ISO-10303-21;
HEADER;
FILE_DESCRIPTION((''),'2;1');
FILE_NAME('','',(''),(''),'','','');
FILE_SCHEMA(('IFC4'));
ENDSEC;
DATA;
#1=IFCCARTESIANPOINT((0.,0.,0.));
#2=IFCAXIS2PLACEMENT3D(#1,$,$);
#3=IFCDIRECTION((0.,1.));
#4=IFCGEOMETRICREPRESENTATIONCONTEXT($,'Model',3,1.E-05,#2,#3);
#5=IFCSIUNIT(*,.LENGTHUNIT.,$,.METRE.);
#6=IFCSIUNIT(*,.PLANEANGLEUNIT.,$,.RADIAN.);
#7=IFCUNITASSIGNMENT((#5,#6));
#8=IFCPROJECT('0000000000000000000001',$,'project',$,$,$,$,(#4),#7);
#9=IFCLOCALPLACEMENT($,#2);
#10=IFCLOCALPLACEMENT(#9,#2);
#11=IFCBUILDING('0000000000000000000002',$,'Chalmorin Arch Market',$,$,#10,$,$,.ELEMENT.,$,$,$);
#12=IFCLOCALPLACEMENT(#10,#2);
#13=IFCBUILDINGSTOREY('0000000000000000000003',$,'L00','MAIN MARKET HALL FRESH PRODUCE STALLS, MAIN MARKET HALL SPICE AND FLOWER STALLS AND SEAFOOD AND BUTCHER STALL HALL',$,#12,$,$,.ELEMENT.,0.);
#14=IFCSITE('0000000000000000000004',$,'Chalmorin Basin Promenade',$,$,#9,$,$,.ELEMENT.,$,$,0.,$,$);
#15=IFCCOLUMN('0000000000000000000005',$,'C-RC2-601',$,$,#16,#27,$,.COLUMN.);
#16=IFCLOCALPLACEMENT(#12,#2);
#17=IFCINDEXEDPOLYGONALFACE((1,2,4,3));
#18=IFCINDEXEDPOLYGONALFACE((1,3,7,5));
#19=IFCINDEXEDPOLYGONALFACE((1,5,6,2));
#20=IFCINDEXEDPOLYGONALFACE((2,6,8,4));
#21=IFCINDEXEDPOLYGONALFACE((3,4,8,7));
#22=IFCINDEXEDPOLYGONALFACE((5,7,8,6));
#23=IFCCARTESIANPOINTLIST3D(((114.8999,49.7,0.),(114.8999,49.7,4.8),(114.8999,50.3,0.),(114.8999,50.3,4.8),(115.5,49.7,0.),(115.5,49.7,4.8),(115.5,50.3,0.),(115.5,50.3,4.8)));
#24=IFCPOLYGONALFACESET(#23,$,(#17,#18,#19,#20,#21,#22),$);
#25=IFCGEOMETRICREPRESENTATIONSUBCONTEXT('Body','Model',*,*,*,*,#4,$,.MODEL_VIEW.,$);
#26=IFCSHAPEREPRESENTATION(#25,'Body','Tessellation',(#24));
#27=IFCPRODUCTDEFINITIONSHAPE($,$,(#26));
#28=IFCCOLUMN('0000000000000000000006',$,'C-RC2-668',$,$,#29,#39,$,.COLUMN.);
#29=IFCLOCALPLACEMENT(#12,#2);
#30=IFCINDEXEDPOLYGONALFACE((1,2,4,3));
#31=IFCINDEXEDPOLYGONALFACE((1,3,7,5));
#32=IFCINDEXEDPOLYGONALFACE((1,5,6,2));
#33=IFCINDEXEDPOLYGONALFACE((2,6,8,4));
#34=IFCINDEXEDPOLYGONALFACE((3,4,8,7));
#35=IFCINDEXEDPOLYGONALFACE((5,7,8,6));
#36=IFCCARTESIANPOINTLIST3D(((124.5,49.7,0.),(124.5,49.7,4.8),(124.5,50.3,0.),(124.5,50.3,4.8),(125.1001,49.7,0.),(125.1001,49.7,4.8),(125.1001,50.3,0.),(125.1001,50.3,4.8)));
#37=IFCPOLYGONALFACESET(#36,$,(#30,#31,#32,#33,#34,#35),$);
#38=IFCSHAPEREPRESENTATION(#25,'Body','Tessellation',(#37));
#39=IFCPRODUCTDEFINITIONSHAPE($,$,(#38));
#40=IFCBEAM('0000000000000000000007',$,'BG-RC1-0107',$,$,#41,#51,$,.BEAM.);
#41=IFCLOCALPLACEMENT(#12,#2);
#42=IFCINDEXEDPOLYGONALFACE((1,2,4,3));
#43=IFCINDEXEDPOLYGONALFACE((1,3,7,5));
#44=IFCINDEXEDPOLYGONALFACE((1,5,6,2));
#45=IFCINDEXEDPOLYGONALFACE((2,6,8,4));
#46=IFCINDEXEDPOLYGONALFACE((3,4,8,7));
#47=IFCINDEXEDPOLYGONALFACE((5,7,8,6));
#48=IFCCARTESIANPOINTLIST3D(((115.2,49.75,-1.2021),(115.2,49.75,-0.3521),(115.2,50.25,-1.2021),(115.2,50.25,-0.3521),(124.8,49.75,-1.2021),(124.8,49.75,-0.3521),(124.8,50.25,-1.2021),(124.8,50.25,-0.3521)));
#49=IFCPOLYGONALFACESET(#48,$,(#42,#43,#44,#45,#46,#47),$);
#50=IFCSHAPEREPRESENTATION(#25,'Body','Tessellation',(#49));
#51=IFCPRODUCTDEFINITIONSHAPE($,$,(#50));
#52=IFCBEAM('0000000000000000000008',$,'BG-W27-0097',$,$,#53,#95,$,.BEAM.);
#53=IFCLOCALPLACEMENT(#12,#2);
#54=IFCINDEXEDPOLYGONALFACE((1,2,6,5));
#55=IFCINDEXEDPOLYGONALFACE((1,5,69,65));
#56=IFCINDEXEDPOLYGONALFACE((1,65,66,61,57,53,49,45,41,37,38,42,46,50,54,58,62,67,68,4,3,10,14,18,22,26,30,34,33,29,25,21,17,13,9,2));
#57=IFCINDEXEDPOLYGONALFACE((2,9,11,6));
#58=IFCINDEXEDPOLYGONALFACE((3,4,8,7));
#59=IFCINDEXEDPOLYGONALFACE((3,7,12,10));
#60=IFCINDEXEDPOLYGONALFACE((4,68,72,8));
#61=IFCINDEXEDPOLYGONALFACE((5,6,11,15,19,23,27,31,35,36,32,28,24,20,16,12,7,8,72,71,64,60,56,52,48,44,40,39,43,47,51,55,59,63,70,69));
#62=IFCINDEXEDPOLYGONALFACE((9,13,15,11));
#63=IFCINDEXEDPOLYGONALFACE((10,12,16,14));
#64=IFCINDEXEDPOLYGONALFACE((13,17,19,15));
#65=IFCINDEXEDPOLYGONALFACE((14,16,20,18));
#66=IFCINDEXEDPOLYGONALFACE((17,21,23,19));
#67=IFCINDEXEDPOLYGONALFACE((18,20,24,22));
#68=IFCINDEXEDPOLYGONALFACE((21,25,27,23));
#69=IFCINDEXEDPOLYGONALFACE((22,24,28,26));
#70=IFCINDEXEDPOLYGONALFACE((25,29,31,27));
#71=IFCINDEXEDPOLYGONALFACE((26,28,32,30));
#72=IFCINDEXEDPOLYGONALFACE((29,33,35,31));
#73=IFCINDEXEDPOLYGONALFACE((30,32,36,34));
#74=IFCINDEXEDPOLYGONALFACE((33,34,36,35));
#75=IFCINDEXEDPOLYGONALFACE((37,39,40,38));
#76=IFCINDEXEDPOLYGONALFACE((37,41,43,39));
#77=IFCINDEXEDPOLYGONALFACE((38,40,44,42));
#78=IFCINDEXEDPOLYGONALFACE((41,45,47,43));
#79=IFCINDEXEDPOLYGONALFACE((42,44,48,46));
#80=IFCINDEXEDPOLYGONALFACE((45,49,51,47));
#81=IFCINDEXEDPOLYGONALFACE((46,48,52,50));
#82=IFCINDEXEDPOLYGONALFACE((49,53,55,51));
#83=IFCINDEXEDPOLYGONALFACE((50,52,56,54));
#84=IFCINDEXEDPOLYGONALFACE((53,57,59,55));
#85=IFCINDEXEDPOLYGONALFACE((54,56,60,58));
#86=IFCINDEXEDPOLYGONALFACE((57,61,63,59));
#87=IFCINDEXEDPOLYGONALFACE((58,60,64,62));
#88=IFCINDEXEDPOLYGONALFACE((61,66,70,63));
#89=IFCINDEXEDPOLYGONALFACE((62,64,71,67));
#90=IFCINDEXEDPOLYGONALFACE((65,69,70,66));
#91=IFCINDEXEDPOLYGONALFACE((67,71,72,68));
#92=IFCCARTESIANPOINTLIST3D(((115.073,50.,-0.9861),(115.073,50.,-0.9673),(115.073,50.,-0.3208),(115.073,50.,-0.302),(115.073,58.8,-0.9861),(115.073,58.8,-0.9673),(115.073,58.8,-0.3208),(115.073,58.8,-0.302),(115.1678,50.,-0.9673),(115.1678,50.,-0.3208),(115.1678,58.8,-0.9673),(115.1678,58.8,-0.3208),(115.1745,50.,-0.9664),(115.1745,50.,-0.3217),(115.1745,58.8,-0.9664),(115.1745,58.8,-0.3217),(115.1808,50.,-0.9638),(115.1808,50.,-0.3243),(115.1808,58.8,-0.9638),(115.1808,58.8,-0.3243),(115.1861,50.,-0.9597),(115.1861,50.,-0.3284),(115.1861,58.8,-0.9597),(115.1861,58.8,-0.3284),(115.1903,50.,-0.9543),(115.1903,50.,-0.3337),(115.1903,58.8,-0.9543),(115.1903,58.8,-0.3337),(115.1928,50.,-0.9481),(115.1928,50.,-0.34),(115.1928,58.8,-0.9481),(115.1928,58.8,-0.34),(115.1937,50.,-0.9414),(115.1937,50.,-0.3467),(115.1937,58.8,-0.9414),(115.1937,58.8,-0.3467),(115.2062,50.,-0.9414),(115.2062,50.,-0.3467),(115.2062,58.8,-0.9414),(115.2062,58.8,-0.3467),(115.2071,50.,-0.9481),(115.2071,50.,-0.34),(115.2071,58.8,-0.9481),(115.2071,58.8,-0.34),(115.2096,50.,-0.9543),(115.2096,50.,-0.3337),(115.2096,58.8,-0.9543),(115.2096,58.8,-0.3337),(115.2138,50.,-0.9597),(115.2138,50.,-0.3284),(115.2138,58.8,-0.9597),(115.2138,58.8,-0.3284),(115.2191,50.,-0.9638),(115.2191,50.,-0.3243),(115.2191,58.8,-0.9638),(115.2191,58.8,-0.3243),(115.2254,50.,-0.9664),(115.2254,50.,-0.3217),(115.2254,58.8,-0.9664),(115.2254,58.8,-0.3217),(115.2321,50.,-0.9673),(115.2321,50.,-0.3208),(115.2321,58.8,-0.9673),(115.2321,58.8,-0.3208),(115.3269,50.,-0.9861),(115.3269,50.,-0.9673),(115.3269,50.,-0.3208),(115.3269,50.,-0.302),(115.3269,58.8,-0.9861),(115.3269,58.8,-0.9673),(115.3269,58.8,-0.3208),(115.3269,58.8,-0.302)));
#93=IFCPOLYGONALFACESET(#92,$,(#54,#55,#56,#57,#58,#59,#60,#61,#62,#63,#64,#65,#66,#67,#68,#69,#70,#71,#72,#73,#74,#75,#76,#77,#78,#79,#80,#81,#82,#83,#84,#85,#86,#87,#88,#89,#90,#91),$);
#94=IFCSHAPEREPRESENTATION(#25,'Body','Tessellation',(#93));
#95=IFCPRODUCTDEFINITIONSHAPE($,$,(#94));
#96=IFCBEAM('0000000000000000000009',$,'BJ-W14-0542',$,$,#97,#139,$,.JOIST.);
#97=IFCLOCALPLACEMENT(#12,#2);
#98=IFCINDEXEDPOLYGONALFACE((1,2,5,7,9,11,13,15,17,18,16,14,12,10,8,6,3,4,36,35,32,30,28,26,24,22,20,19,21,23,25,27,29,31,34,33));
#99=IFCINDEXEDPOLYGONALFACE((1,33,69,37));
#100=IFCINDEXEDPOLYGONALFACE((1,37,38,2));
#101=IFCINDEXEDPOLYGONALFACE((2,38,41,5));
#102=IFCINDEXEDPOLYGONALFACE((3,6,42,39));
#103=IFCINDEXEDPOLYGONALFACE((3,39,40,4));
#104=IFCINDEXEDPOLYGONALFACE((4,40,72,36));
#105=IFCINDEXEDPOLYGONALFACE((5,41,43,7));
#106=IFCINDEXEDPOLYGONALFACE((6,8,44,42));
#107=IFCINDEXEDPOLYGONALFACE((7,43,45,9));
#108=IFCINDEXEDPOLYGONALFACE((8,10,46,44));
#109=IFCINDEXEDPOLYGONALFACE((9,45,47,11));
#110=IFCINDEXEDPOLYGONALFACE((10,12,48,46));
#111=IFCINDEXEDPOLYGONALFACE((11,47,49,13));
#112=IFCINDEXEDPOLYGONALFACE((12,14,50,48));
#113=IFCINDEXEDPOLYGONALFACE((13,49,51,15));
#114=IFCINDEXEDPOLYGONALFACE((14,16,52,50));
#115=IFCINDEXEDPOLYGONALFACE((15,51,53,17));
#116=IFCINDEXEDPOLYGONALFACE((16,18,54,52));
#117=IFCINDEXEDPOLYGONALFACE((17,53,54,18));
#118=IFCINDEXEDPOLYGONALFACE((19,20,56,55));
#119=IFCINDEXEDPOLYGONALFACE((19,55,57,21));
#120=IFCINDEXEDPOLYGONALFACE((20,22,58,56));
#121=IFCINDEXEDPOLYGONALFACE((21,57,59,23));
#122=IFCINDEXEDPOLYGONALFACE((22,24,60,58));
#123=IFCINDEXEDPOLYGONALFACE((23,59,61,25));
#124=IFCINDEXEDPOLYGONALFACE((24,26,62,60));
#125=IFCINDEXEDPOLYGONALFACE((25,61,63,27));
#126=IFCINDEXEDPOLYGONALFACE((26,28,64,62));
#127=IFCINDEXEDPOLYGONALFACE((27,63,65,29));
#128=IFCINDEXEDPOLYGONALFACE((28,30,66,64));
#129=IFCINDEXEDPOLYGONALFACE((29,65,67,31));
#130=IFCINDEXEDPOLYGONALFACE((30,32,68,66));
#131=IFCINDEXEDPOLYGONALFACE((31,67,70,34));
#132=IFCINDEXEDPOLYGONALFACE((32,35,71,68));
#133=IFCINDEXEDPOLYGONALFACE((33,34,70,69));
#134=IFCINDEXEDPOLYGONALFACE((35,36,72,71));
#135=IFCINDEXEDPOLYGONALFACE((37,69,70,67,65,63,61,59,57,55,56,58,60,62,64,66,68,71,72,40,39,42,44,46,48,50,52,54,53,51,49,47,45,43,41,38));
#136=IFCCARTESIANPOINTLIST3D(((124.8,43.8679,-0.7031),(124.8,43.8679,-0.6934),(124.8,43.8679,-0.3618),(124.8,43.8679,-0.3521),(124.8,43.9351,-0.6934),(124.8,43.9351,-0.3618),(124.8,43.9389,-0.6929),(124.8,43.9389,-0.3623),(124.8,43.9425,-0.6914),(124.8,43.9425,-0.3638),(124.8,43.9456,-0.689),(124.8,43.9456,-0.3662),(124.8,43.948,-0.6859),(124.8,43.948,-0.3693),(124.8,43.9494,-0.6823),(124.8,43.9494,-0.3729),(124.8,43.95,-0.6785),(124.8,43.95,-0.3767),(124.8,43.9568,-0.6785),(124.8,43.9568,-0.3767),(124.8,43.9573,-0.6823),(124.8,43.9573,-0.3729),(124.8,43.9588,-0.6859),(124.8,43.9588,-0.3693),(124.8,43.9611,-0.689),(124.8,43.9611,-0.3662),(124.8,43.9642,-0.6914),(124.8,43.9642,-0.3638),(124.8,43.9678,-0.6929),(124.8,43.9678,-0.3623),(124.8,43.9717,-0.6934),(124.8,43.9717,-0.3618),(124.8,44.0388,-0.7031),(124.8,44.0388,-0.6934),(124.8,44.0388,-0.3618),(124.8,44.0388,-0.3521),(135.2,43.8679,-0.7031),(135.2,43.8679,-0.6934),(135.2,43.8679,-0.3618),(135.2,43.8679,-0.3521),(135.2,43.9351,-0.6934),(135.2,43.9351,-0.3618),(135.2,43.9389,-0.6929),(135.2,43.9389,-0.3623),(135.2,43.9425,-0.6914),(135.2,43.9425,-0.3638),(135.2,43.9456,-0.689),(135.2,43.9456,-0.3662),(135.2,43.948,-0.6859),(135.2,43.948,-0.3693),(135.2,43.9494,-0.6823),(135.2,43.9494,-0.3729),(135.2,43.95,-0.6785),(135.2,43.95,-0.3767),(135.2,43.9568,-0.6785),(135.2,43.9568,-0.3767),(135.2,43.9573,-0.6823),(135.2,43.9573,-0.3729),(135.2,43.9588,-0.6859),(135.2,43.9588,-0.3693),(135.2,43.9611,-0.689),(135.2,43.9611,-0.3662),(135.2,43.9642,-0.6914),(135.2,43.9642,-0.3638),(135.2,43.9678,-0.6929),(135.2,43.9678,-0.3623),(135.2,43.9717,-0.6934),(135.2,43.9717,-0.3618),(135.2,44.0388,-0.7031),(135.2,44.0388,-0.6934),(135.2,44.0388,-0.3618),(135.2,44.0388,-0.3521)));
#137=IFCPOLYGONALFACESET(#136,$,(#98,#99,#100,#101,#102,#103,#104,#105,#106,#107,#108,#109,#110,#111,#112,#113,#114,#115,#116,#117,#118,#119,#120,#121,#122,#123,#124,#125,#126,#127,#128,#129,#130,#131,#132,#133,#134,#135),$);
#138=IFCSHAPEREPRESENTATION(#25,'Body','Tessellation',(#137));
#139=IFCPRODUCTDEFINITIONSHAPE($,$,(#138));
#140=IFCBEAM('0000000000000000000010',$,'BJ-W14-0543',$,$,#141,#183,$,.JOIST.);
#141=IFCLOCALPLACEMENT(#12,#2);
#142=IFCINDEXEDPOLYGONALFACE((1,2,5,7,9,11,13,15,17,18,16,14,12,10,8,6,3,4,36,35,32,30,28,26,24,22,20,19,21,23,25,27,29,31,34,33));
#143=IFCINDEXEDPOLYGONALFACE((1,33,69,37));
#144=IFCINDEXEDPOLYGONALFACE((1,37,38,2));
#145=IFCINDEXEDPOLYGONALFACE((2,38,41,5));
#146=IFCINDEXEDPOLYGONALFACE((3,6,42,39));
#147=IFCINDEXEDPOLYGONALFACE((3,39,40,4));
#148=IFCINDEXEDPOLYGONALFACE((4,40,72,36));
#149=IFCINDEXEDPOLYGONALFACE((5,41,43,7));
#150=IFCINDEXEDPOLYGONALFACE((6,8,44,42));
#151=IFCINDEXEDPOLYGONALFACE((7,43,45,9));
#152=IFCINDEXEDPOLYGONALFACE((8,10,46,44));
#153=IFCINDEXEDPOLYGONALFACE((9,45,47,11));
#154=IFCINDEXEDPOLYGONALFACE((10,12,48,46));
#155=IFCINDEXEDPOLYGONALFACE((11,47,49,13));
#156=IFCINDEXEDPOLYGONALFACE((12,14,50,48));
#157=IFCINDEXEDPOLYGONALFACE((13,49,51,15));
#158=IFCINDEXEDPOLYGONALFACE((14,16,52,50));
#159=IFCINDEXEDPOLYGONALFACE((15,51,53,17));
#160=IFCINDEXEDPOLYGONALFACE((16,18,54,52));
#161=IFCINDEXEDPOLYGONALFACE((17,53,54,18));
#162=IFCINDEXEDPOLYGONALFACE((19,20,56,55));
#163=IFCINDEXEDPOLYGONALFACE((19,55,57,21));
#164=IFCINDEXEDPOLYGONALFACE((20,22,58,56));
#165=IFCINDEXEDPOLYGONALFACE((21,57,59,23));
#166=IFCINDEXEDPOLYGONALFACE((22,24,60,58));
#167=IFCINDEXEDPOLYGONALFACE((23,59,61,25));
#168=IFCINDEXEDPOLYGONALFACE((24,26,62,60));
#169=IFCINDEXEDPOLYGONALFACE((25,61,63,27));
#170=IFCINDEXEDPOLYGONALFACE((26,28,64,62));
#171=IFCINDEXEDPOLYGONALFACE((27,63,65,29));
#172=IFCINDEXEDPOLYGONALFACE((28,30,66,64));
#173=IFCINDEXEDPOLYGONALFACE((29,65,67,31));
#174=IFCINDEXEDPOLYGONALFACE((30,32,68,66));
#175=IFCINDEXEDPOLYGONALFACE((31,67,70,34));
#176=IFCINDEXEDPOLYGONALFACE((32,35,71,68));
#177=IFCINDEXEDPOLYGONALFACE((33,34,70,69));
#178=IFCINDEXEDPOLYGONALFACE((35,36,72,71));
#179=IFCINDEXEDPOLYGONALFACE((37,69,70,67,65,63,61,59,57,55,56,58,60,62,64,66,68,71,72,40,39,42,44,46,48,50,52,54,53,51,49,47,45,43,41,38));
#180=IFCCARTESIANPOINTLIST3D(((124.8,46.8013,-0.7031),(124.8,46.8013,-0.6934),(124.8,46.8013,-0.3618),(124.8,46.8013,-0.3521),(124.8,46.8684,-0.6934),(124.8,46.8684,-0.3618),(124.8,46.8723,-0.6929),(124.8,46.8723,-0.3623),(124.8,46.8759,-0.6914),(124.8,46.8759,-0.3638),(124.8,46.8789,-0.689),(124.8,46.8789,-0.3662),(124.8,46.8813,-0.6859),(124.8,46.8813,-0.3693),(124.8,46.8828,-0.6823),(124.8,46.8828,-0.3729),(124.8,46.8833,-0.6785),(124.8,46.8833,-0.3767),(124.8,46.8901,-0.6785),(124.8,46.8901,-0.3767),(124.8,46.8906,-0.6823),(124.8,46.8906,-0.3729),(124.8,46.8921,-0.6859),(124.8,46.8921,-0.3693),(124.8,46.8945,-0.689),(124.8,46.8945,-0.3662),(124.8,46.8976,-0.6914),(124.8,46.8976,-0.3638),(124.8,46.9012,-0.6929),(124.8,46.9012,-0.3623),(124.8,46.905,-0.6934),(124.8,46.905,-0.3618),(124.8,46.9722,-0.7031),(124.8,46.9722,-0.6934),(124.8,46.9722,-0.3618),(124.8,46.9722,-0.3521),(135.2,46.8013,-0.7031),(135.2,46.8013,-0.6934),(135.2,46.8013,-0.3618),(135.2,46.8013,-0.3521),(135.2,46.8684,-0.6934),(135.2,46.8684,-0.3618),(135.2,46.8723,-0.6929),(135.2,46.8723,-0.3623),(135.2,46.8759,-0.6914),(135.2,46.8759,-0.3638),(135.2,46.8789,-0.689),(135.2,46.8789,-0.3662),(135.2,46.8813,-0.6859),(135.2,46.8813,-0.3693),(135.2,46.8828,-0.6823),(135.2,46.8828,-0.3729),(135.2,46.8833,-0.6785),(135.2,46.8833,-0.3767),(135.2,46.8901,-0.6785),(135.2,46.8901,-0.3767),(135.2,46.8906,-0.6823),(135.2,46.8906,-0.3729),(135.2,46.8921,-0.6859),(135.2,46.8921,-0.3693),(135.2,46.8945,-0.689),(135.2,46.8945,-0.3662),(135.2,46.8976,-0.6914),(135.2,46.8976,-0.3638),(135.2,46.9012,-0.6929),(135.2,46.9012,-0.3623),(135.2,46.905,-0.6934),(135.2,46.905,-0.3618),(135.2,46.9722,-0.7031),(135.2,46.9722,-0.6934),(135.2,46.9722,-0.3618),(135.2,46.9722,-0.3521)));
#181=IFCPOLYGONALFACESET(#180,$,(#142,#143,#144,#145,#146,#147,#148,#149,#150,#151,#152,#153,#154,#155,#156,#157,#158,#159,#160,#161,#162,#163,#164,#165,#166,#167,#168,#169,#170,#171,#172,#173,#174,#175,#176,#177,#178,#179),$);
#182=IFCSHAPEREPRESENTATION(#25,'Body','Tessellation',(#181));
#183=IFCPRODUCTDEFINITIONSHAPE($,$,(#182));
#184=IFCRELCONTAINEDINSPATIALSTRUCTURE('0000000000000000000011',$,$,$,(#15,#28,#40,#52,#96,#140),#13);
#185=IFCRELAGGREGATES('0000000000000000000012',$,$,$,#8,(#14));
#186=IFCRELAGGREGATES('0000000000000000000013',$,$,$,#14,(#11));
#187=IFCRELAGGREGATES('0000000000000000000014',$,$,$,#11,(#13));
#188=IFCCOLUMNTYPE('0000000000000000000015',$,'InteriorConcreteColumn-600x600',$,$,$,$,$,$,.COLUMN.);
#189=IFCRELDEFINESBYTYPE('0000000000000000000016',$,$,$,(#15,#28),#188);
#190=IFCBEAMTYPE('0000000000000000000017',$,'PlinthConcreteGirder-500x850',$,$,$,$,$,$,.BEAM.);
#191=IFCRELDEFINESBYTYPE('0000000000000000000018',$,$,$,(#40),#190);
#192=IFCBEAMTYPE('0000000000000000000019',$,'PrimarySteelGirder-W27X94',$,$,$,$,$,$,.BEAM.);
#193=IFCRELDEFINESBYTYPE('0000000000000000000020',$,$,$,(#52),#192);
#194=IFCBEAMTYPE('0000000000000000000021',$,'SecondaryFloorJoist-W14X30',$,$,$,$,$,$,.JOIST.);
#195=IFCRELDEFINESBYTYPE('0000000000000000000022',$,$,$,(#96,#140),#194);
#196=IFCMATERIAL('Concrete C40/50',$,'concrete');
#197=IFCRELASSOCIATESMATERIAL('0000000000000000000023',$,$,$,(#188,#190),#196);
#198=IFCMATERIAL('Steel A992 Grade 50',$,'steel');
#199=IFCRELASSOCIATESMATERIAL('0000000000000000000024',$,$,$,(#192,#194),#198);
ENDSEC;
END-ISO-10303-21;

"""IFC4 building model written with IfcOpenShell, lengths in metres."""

from ifc_helpers import new_model, si_unit, direction, frame, origin, origin_2d, place, context, subcontext, project, spatial, rectangle, i_section, extrude, material, material_profile, profile_set, type_object, element, save


model = new_model("IFC4")

# Units and contexts
model_context = context("Model", 3, precision=1e-05, world=origin(), true_north=direction((0.0, 1.0)))
body_context = subcontext(model_context, "Body", "Model", "MODEL_VIEW")
ifc_project = project(units=[si_unit("LENGTHUNIT", "METRE"), si_unit("PLANEANGLEUNIT", "RADIAN")], contexts=[model_context])

# Site, building, storey
site_placement = place(None, origin())
site = spatial("IfcSite", under=ifc_project, at=site_placement, Name="Chalmorin Basin Promenade", CompositionType="ELEMENT", RefElevation=0.0)
building_placement = place(site_placement, origin())
building = spatial("IfcBuilding", under=site, at=building_placement, Name="Chalmorin Arch Market", CompositionType="ELEMENT")
storey_placement = place(building_placement, origin())
storey = spatial("IfcBuildingStorey", under=building, at=storey_placement, Name="L00", Description="MAIN MARKET HALL FRESH PRODUCE STALLS, MAIN MARKET HALL SPICE AND FLOWER STALLS AND SEAFOOD AND BUTCHER STALL HALL", CompositionType="ELEMENT", Elevation=0.0)

# Columns
ifc_material_1 = material(Name="Concrete C40/50", Category="concrete")
ifc_material_profile_1 = material_profile(ifc_material_1, rectangle(XDim=0.6001, YDim=0.6001, at=origin_2d()), Name="RC600X600")
ifc_profile_set_1 = profile_set([ifc_material_profile_1], Name="Concrete C40/50")
column_type = type_object("IfcColumnType", Name="InteriorConcreteColumn-600x600", PredefinedType="COLUMN", material=ifc_profile_set_1)
for number, where, z_axis, x_axis, name in (
    (1, (115.2, 50.0, 0.0), (0.0, 0.0, 1.0), (1.0, 0.0, 0.0), "C-RC2-601"),
    (2, (124.8, 50.0, 0.0), (0.0, 0.0, 1.0), (1.0, 0.0, 0.0), "C-RC2-668"),
):
    element("IfcColumn", number, at=place(storey_placement, frame(where, z_axis=z_axis, x_axis=x_axis)), inside=storey, type_object=column_type, Name=name, PredefinedType="COLUMN", context=body_context, shape_type="SweptSolid", body=[
        extrude(rectangle(XDim=0.6001, YDim=0.6001, at=origin_2d()), origin(), (0.0, 0.0, 1.0), 4.8),
    ])

# Beams
ifc_material_profile_2 = material_profile(ifc_material_1, rectangle(XDim=0.5, YDim=0.8501, at=origin_2d()), Name="RC500X850")
ifc_profile_set_2 = profile_set([ifc_material_profile_2], Name="Concrete C40/50")
beam_type_1 = type_object("IfcBeamType", Name="PlinthConcreteGirder-500x850", PredefinedType="BEAM", material=ifc_profile_set_2)
beam_1_placement = place(storey_placement, frame((115.2, 50.0, -0.7771), z_axis=(1.0, 0.0, 0.0), x_axis=(0.0, 1.0, 0.0)))
element("IfcBeam", 3, at=beam_1_placement, inside=storey, type_object=beam_type_1, Name="BG-RC1-0107", PredefinedType="BEAM", context=body_context, shape_type="SweptSolid", body=[
    extrude(rectangle(XDim=0.5, YDim=0.8501, at=origin_2d()), origin(), (0.0, 0.0, 1.0), 9.6001),
])
ifc_material_2 = material(Name="Steel A992 Grade 50", Category="steel")
ifc_material_profile_3 = material_profile(ifc_material_2, i_section(OverallWidth=0.2539, OverallDepth=0.6841, WebThickness=0.0125, FlangeThickness=0.0188, FilletRadius=0.0259, at=origin_2d()), Name="W27X94")
ifc_profile_set_3 = profile_set([ifc_material_profile_3], Name="Steel A992 Grade 50")
beam_type_2 = type_object("IfcBeamType", Name="PrimarySteelGirder-W27X94", PredefinedType="BEAM", material=ifc_profile_set_3)
beam_2_placement = place(storey_placement, frame((115.2, 50.0, -0.644), z_axis=(0.0, 1.0, 0.0), x_axis=(-1.0, 0.0, 0.0)))
element("IfcBeam", 4, at=beam_2_placement, inside=storey, type_object=beam_type_2, Name="BG-W27-0097", PredefinedType="BEAM", context=body_context, shape_type="SweptSolid", body=[
    extrude(i_section(OverallWidth=0.2539, OverallDepth=0.6841, WebThickness=0.0125, FlangeThickness=0.0188, FilletRadius=0.0259, at=origin_2d()), origin(), (0.0, 0.0, 1.0), 8.8),
])
ifc_material_profile_4 = material_profile(ifc_material_2, i_section(OverallWidth=0.1709, OverallDepth=0.3511, WebThickness=0.0068, FlangeThickness=0.0098, FilletRadius=0.0149, at=origin_2d()), Name="W14X30")
ifc_profile_set_4 = profile_set([ifc_material_profile_4], Name="Steel A992 Grade 50")
beam_type_3 = type_object("IfcBeamType", Name="SecondaryFloorJoist-W14X30", PredefinedType="JOIST", material=ifc_profile_set_4)
for number, where, z_axis, x_axis, name in (
    (5, (124.8, 43.9534, -0.5276), (1.0, 0.0, 0.0), (0.0, 1.0, 0.0), "BJ-W14-0542"),
    (6, (124.8, 46.8867, -0.5276), (1.0, 0.0, 0.0), (0.0, 1.0, 0.0), "BJ-W14-0543"),
):
    element("IfcBeam", number, at=place(storey_placement, frame(where, z_axis=z_axis, x_axis=x_axis)), inside=storey, type_object=beam_type_3, Name=name, PredefinedType="JOIST", context=body_context, shape_type="SweptSolid", body=[
        extrude(i_section(OverallWidth=0.1709, OverallDepth=0.3511, WebThickness=0.0068, FlangeThickness=0.0098, FilletRadius=0.0149, at=origin_2d()), origin(), (0.0, 0.0, 1.0), 10.3999),
    ])

save(model, "model.ifc")
